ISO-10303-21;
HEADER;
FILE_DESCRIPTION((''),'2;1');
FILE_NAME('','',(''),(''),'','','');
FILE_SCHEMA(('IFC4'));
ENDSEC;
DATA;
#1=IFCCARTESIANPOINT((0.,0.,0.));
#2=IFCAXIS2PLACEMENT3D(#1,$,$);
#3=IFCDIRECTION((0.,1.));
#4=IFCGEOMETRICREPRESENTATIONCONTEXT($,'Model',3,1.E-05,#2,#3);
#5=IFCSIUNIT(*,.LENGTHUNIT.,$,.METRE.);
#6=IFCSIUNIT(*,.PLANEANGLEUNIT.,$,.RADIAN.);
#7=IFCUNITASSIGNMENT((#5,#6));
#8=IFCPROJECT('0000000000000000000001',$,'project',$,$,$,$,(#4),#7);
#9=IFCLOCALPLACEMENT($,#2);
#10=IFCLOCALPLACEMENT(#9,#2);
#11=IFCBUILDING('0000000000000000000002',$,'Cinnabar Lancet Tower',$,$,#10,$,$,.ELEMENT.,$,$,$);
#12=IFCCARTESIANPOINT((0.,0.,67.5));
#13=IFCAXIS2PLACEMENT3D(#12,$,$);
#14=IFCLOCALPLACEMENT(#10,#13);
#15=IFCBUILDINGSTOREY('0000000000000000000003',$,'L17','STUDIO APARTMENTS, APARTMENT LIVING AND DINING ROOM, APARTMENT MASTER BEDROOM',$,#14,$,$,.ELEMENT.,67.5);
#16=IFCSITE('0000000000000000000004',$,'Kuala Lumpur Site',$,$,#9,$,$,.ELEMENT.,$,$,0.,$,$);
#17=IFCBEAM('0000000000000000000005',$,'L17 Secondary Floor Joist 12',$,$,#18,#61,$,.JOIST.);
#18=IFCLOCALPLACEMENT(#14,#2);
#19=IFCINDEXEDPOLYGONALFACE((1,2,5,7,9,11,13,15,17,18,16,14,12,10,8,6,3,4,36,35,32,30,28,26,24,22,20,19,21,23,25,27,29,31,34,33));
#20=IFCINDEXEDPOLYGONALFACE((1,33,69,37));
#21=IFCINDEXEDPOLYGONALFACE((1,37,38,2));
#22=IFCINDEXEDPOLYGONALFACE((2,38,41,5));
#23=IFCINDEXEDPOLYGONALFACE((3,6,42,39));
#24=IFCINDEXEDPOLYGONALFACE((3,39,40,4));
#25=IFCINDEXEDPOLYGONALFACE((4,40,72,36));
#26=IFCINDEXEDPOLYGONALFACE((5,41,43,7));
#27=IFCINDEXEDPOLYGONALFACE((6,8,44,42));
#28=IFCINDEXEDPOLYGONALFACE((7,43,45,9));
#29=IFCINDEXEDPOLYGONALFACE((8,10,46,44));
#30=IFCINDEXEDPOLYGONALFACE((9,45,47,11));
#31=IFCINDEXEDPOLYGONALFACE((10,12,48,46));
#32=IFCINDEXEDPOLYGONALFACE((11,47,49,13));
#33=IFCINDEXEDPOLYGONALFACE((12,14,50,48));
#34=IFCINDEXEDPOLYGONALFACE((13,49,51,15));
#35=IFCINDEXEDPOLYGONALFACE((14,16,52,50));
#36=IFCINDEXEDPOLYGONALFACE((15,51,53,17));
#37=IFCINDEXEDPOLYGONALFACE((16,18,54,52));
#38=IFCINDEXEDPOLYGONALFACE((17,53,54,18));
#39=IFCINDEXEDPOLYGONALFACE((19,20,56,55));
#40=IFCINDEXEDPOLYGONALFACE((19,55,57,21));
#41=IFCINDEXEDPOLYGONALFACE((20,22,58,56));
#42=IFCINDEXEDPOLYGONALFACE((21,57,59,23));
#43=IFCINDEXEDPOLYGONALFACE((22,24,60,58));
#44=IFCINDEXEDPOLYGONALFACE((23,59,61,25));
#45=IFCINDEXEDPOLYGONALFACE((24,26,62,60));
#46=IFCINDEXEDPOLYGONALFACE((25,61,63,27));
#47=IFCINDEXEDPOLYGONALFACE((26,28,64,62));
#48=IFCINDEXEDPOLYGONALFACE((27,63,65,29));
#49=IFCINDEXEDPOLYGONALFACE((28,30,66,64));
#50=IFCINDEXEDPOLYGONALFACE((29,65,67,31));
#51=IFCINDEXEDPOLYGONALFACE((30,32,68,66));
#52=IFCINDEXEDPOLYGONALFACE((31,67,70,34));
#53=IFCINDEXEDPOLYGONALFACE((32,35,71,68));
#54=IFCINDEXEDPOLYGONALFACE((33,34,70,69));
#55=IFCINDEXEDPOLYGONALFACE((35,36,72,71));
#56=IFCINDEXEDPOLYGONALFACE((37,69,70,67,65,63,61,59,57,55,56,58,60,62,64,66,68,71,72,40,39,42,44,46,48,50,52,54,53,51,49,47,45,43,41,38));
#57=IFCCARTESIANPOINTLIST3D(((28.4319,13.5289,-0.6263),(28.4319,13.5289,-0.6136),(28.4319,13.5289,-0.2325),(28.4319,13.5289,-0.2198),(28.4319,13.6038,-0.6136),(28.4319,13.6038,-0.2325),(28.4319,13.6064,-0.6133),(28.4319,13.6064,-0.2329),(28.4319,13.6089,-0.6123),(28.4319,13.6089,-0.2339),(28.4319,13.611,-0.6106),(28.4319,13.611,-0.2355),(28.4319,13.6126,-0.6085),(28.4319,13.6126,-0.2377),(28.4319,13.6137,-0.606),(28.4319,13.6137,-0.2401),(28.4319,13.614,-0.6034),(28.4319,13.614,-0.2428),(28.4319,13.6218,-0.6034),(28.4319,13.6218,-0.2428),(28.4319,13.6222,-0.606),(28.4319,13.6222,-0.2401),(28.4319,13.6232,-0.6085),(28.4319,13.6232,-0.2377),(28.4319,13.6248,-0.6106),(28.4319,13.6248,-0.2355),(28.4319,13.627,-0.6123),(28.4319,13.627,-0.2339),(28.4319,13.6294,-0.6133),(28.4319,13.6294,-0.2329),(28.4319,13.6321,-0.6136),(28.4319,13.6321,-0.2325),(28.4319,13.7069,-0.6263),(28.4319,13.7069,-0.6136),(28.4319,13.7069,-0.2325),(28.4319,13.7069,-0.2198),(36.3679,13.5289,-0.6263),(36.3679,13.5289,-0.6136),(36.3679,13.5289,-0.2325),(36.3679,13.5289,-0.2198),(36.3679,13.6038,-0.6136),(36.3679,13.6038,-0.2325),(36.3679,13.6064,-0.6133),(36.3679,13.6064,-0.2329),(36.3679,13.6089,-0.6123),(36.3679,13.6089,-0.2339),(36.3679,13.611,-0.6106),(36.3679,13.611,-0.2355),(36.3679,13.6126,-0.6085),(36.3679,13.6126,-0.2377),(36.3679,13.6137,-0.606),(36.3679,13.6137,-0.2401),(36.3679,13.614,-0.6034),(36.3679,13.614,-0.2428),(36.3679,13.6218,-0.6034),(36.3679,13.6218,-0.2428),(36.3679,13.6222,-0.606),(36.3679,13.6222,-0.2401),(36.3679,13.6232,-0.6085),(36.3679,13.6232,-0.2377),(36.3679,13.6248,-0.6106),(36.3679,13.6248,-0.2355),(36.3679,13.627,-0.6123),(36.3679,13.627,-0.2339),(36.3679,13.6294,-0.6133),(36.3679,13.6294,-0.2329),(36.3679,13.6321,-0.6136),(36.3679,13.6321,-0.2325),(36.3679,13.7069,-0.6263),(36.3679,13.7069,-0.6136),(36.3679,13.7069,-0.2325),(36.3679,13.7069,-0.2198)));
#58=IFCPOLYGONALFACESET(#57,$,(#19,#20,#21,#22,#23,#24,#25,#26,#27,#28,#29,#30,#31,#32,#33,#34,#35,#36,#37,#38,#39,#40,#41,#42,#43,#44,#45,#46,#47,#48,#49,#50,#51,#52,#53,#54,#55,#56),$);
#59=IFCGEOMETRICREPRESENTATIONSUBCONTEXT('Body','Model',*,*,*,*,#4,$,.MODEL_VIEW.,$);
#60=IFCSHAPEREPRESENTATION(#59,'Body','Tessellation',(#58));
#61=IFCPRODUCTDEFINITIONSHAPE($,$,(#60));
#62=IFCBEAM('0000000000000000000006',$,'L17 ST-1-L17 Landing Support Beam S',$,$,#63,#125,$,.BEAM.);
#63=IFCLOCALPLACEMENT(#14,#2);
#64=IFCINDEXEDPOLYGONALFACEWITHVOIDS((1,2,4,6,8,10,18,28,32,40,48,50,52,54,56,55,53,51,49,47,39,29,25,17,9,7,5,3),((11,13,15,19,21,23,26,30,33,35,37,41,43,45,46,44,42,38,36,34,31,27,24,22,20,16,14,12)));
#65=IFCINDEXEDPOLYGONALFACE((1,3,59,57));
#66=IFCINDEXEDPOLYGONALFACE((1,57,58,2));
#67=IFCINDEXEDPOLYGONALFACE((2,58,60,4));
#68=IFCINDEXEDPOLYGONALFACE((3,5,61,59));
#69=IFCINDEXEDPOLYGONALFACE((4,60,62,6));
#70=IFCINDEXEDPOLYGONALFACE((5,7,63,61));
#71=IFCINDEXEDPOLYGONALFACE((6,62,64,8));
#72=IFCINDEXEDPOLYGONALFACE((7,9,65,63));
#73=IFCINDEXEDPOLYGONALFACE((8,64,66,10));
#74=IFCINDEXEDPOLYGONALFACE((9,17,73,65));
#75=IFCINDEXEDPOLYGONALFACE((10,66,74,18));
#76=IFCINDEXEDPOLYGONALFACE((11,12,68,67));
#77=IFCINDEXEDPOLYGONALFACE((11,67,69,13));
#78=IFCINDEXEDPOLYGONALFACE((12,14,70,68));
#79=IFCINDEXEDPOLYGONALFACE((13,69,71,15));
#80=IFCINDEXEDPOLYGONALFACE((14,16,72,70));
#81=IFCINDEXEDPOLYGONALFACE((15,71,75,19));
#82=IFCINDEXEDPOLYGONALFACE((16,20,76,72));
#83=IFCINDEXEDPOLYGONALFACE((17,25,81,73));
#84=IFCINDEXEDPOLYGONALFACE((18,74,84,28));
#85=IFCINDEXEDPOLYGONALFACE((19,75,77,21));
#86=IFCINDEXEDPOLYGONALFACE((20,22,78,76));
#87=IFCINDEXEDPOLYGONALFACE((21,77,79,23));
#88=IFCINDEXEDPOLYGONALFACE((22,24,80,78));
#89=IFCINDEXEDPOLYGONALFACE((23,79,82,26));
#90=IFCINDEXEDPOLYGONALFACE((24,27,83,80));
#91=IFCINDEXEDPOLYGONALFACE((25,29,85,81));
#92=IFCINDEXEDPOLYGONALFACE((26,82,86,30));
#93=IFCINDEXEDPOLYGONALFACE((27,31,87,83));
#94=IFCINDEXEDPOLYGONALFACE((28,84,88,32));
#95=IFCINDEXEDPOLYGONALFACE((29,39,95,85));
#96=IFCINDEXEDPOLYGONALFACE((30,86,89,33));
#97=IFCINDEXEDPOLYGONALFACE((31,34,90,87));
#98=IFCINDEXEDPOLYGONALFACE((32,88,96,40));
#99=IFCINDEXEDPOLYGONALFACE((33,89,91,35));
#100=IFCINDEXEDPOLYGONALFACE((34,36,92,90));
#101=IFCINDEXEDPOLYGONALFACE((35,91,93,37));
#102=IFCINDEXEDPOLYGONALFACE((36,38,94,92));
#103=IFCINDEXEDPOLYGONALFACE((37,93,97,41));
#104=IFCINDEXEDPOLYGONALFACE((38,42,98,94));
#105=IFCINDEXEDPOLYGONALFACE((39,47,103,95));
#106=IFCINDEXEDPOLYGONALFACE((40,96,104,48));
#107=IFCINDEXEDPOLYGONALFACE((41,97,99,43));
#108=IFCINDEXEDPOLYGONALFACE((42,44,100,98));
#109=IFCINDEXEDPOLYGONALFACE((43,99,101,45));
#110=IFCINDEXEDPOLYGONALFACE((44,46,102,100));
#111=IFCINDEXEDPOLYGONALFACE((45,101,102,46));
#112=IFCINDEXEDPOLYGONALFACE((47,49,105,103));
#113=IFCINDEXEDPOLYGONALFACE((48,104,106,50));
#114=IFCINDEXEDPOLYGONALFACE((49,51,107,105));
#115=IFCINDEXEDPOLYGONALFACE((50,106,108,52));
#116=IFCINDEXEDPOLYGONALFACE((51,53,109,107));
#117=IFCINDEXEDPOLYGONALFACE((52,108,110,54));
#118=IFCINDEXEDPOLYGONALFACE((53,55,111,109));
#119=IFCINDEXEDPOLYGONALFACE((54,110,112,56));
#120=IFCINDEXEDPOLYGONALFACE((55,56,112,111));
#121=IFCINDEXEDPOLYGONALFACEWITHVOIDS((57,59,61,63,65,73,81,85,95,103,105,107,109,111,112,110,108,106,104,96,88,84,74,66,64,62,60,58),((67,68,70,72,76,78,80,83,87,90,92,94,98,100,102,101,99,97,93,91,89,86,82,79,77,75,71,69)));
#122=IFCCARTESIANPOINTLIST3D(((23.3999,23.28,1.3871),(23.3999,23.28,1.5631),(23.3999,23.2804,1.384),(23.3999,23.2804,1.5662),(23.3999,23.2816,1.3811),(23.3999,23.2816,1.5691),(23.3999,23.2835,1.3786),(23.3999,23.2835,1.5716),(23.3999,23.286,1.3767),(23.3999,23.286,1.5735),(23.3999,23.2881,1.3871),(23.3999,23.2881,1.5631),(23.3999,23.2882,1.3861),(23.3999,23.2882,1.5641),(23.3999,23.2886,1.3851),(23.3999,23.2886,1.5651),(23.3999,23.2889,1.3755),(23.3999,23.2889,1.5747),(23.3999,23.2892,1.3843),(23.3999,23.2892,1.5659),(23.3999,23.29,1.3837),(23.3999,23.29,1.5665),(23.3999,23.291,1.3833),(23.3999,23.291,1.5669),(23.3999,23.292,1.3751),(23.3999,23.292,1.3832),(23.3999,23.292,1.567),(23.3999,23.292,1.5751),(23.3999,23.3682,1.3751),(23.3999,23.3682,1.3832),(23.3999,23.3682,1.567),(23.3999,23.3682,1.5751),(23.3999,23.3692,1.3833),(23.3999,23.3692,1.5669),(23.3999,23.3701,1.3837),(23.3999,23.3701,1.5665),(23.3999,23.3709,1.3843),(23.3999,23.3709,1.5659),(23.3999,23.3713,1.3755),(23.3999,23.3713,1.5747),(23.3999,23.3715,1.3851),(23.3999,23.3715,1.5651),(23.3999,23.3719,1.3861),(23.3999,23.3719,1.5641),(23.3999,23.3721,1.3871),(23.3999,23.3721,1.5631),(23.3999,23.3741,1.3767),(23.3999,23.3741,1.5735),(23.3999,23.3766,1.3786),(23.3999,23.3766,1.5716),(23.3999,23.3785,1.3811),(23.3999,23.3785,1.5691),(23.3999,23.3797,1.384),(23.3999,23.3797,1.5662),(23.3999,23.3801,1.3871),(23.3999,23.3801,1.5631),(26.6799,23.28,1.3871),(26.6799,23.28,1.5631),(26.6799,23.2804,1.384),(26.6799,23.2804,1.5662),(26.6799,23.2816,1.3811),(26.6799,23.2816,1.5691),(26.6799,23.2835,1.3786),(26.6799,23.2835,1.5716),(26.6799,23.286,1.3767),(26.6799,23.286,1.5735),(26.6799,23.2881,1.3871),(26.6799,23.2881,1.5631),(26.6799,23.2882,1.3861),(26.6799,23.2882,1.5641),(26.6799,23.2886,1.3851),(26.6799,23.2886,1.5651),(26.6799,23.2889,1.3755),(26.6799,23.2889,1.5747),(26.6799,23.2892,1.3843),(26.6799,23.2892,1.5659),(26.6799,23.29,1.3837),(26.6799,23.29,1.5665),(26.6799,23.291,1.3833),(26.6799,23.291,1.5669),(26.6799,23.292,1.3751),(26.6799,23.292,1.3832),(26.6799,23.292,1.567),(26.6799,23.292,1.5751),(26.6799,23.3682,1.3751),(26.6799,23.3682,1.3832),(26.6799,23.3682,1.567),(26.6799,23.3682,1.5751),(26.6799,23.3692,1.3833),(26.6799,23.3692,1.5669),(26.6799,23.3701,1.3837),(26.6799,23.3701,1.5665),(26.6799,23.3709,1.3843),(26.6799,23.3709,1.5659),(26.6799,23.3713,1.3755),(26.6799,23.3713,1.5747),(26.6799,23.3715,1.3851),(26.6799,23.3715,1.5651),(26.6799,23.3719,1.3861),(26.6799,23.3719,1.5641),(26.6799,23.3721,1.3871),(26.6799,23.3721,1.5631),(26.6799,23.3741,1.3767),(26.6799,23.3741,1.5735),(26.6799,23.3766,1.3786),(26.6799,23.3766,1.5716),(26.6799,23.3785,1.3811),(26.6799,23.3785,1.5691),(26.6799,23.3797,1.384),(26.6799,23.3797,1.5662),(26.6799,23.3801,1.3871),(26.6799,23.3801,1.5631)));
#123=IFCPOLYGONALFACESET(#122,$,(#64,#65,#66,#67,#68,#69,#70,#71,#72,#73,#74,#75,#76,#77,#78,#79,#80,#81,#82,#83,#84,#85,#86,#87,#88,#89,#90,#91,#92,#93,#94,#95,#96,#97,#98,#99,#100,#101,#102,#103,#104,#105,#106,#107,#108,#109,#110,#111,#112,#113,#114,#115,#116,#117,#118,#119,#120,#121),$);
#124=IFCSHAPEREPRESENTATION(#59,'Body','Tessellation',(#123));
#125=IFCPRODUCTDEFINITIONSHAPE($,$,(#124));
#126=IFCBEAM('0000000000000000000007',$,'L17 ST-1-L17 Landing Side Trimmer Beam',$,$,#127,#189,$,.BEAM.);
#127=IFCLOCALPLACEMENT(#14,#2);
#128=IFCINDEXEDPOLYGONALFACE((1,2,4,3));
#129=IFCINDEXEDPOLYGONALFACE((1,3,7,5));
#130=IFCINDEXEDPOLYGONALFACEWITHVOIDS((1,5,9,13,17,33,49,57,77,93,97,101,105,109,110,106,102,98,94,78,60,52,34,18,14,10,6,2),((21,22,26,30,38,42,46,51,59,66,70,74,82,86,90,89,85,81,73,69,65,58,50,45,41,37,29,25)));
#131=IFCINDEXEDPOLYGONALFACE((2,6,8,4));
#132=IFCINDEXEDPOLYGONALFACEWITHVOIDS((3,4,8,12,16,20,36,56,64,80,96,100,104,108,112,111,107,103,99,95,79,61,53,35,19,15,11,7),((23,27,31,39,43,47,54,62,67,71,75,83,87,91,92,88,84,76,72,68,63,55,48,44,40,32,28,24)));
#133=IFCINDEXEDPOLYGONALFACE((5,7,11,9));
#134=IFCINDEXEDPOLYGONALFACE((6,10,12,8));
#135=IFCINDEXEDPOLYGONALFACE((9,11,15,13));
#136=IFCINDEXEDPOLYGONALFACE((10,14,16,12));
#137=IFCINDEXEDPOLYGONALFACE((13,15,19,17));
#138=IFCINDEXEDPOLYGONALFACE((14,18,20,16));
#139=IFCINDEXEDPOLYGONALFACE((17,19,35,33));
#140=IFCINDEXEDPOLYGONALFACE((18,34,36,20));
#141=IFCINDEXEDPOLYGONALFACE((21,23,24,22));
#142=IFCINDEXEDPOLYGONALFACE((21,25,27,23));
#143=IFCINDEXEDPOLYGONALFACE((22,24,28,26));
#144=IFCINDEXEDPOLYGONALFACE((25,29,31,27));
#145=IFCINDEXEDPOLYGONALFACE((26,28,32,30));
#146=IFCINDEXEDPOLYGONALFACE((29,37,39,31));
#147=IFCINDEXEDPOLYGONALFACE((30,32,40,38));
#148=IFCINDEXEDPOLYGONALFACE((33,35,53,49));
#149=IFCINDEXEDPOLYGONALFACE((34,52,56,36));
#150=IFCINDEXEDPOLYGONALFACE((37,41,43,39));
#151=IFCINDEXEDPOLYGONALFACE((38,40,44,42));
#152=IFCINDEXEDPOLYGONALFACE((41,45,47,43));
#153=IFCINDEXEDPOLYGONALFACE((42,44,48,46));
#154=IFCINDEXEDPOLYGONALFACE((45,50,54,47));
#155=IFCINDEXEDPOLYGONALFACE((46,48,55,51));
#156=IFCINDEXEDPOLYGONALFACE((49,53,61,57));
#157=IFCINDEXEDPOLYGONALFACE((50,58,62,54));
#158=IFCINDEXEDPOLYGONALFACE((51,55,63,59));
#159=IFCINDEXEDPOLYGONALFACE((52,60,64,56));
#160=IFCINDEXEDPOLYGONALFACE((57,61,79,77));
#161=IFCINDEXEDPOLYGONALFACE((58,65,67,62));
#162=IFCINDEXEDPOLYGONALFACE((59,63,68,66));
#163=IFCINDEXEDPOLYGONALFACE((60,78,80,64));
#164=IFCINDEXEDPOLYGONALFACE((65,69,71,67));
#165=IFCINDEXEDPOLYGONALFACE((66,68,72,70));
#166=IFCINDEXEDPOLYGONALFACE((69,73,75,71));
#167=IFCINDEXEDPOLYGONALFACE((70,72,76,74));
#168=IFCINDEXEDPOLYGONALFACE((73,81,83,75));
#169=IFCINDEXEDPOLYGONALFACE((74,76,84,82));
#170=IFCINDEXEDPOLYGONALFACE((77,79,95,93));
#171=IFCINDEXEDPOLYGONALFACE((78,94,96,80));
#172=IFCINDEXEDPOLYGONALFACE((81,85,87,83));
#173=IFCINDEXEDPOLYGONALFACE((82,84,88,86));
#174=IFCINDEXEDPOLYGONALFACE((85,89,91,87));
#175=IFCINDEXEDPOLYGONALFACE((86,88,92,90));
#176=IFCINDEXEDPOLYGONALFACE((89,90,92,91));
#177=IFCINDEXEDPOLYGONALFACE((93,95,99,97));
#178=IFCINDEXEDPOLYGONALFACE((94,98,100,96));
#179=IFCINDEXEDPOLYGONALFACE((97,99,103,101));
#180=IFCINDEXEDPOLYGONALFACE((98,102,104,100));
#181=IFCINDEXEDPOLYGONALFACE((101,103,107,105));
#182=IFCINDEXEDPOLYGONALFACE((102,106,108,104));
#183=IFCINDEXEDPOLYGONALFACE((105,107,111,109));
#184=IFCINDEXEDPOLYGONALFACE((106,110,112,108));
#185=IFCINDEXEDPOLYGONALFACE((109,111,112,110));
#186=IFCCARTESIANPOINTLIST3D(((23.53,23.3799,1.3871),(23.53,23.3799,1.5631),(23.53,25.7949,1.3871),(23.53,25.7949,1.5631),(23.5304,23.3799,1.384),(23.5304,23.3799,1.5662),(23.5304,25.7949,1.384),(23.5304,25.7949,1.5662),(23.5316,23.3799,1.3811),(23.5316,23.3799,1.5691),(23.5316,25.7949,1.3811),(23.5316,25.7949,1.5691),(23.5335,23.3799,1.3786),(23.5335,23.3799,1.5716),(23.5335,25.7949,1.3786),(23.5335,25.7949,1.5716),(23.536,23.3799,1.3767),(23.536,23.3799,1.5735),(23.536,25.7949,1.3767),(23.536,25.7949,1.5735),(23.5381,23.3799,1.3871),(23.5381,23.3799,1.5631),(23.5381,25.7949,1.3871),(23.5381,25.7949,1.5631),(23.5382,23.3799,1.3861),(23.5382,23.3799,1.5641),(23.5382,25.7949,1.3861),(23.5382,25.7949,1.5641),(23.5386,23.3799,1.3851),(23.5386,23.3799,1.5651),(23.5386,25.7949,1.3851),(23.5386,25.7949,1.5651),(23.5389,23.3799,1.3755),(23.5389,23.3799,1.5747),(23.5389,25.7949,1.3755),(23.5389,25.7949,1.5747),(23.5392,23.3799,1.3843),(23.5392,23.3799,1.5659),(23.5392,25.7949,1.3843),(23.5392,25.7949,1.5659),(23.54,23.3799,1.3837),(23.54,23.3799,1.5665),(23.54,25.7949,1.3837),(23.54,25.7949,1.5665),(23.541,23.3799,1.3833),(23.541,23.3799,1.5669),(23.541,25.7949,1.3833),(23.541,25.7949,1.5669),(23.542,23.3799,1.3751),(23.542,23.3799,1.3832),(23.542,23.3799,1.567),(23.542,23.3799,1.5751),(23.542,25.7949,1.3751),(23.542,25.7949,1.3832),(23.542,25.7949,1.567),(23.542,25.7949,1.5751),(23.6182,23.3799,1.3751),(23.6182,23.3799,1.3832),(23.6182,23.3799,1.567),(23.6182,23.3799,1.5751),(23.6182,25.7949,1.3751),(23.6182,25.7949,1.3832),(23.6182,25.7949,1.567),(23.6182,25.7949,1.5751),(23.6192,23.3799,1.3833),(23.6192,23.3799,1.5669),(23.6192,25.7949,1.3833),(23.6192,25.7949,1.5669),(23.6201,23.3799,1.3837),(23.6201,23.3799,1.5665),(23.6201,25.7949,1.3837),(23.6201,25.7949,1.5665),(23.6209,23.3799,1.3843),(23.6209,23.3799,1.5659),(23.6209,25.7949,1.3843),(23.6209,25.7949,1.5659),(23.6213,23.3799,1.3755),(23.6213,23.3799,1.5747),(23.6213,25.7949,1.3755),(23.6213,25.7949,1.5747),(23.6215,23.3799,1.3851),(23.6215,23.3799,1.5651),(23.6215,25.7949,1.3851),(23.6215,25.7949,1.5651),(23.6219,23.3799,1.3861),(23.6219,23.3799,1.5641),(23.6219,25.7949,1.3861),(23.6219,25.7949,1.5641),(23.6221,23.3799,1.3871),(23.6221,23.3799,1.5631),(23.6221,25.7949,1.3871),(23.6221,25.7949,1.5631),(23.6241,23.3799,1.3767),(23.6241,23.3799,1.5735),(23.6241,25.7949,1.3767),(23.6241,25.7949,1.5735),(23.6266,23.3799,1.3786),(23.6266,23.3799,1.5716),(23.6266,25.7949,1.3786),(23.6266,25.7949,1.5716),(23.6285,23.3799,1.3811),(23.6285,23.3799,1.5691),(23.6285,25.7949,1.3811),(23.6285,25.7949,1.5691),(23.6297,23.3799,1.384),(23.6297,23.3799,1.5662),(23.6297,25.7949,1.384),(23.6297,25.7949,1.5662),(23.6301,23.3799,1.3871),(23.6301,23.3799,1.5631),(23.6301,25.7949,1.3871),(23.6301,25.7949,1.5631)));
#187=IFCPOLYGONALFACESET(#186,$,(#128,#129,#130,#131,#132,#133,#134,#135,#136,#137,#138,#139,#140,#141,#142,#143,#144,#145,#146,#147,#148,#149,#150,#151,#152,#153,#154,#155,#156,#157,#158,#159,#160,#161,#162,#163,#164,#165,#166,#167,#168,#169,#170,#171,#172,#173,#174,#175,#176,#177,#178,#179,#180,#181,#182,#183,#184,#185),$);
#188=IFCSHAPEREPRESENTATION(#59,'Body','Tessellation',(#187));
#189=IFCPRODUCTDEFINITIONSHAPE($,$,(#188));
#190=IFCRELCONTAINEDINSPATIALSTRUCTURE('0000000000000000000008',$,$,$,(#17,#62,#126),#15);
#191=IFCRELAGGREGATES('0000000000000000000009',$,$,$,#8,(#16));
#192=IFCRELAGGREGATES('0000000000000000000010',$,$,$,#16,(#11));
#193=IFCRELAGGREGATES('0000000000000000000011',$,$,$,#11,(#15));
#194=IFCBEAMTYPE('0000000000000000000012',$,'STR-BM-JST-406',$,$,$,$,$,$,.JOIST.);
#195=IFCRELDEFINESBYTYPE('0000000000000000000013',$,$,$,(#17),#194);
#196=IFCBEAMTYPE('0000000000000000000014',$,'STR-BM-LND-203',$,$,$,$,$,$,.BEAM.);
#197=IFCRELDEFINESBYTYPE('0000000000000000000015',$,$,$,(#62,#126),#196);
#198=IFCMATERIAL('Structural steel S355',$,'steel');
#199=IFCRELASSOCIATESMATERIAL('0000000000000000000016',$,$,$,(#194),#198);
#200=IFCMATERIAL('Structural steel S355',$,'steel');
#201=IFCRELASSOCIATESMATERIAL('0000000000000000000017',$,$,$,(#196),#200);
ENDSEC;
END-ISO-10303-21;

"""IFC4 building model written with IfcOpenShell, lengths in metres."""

from ifc_helpers import new_model, si_unit, direction, frame, origin, origin_2d, place, context, subcontext, project, spatial, hollow_rectangle, i_section, extrude, material, material_profile, profile_set, type_object, element, save


model = new_model("IFC4")

# Units and contexts
model_context = context("Model", 3, precision=1e-05, world=origin(), true_north=direction((0.0, 1.0)))
body_context = subcontext(model_context, "Body", "Model", "MODEL_VIEW")
ifc_project = project(units=[si_unit("LENGTHUNIT", "METRE"), si_unit("PLANEANGLEUNIT", "RADIAN")], contexts=[model_context])

# Site, building, storey
site_placement = place(None, origin())
site = spatial("IfcSite", under=ifc_project, at=site_placement, Name="Kuala Lumpur Site", CompositionType="ELEMENT", RefElevation=0.0)
building_placement = place(site_placement, origin())
building = spatial("IfcBuilding", under=site, at=building_placement, Name="Cinnabar Lancet Tower", CompositionType="ELEMENT")
storey_placement = place(building_placement, frame((0.0, 0.0, 67.5)))
storey = spatial("IfcBuildingStorey", under=building, at=storey_placement, Name="L17", Description="STUDIO APARTMENTS, APARTMENT LIVING AND DINING ROOM, APARTMENT MASTER BEDROOM", CompositionType="ELEMENT", Elevation=67.5)

# Beams
ifc_material_1 = material(Name="Structural steel S355", Category="steel")
ifc_material_profile_1 = material_profile(ifc_material_1, i_section(OverallWidth=0.178, OverallDepth=0.4065, WebThickness=0.0078, FlangeThickness=0.0127, FilletRadius=0.0103, at=origin_2d()), Name="UKB 406x178x60")
ifc_profile_set_1 = profile_set([ifc_material_profile_1], Name="Structural steel S355")
beam_type_1 = type_object("IfcBeamType", Name="STR-BM-JST-406", PredefinedType="JOIST", material=ifc_profile_set_1)
beam_1_placement = place(storey_placement, frame((28.4319, 13.6179, -0.4231), z_axis=(1.0, 0.0, 0.0), x_axis=(0.0, 1.0, 0.0)))
element("IfcBeam", 1, at=beam_1_placement, inside=storey, type_object=beam_type_1, Name="L17 Secondary Floor Joist 12", PredefinedType="JOIST", context=body_context, shape_type="SweptSolid", body=[
    extrude(i_section(OverallWidth=0.178, OverallDepth=0.4065, WebThickness=0.0078, FlangeThickness=0.0127, FilletRadius=0.0103, at=origin_2d()), origin(), (0.0, 0.0, 1.0), 7.936),
])
ifc_material_2 = material(Name="Structural steel S355", Category="steel")
ifc_material_profile_2 = material_profile(ifc_material_2, hollow_rectangle(XDim=0.1001, YDim=0.2, WallThickness=0.0081, InnerFilletRadius=0.0039, OuterFilletRadius=0.012, at=origin_2d()), Name="RHS 200x100x8")
ifc_profile_set_2 = profile_set([ifc_material_profile_2], Name="Structural steel S355")
beam_type_2 = type_object("IfcBeamType", Name="STR-BM-LND-203", PredefinedType="BEAM", material=ifc_profile_set_2)
beam_2_placement = place(storey_placement, frame((23.3999, 23.3301, 1.4751), z_axis=(1.0, 0.0, 0.0), x_axis=(0.0, 1.0, 0.0)))
element("IfcBeam", 2, at=beam_2_placement, inside=storey, type_object=beam_type_2, Name="L17 ST-1-L17 Landing Support Beam S", PredefinedType="BEAM", context=body_context, shape_type="SweptSolid", body=[
    extrude(hollow_rectangle(XDim=0.1001, YDim=0.2, WallThickness=0.0081, InnerFilletRadius=0.0039, OuterFilletRadius=0.012, at=origin_2d()), origin(), (0.0, 0.0, 1.0), 3.28),
])
beam_3_placement = place(storey_placement, frame((23.5801, 23.3799, 1.4751), z_axis=(0.0, 1.0, 0.0), x_axis=(-1.0, 0.0, 0.0)))
element("IfcBeam", 3, at=beam_3_placement, inside=storey, type_object=beam_type_2, Name="L17 ST-1-L17 Landing Side Trimmer Beam", PredefinedType="BEAM", context=body_context, shape_type="SweptSolid", body=[
    extrude(hollow_rectangle(XDim=0.1001, YDim=0.2, WallThickness=0.0081, InnerFilletRadius=0.0039, OuterFilletRadius=0.012, at=origin_2d()), origin(), (0.0, 0.0, 1.0), 2.415),
])

save(model, "model.ifc")
